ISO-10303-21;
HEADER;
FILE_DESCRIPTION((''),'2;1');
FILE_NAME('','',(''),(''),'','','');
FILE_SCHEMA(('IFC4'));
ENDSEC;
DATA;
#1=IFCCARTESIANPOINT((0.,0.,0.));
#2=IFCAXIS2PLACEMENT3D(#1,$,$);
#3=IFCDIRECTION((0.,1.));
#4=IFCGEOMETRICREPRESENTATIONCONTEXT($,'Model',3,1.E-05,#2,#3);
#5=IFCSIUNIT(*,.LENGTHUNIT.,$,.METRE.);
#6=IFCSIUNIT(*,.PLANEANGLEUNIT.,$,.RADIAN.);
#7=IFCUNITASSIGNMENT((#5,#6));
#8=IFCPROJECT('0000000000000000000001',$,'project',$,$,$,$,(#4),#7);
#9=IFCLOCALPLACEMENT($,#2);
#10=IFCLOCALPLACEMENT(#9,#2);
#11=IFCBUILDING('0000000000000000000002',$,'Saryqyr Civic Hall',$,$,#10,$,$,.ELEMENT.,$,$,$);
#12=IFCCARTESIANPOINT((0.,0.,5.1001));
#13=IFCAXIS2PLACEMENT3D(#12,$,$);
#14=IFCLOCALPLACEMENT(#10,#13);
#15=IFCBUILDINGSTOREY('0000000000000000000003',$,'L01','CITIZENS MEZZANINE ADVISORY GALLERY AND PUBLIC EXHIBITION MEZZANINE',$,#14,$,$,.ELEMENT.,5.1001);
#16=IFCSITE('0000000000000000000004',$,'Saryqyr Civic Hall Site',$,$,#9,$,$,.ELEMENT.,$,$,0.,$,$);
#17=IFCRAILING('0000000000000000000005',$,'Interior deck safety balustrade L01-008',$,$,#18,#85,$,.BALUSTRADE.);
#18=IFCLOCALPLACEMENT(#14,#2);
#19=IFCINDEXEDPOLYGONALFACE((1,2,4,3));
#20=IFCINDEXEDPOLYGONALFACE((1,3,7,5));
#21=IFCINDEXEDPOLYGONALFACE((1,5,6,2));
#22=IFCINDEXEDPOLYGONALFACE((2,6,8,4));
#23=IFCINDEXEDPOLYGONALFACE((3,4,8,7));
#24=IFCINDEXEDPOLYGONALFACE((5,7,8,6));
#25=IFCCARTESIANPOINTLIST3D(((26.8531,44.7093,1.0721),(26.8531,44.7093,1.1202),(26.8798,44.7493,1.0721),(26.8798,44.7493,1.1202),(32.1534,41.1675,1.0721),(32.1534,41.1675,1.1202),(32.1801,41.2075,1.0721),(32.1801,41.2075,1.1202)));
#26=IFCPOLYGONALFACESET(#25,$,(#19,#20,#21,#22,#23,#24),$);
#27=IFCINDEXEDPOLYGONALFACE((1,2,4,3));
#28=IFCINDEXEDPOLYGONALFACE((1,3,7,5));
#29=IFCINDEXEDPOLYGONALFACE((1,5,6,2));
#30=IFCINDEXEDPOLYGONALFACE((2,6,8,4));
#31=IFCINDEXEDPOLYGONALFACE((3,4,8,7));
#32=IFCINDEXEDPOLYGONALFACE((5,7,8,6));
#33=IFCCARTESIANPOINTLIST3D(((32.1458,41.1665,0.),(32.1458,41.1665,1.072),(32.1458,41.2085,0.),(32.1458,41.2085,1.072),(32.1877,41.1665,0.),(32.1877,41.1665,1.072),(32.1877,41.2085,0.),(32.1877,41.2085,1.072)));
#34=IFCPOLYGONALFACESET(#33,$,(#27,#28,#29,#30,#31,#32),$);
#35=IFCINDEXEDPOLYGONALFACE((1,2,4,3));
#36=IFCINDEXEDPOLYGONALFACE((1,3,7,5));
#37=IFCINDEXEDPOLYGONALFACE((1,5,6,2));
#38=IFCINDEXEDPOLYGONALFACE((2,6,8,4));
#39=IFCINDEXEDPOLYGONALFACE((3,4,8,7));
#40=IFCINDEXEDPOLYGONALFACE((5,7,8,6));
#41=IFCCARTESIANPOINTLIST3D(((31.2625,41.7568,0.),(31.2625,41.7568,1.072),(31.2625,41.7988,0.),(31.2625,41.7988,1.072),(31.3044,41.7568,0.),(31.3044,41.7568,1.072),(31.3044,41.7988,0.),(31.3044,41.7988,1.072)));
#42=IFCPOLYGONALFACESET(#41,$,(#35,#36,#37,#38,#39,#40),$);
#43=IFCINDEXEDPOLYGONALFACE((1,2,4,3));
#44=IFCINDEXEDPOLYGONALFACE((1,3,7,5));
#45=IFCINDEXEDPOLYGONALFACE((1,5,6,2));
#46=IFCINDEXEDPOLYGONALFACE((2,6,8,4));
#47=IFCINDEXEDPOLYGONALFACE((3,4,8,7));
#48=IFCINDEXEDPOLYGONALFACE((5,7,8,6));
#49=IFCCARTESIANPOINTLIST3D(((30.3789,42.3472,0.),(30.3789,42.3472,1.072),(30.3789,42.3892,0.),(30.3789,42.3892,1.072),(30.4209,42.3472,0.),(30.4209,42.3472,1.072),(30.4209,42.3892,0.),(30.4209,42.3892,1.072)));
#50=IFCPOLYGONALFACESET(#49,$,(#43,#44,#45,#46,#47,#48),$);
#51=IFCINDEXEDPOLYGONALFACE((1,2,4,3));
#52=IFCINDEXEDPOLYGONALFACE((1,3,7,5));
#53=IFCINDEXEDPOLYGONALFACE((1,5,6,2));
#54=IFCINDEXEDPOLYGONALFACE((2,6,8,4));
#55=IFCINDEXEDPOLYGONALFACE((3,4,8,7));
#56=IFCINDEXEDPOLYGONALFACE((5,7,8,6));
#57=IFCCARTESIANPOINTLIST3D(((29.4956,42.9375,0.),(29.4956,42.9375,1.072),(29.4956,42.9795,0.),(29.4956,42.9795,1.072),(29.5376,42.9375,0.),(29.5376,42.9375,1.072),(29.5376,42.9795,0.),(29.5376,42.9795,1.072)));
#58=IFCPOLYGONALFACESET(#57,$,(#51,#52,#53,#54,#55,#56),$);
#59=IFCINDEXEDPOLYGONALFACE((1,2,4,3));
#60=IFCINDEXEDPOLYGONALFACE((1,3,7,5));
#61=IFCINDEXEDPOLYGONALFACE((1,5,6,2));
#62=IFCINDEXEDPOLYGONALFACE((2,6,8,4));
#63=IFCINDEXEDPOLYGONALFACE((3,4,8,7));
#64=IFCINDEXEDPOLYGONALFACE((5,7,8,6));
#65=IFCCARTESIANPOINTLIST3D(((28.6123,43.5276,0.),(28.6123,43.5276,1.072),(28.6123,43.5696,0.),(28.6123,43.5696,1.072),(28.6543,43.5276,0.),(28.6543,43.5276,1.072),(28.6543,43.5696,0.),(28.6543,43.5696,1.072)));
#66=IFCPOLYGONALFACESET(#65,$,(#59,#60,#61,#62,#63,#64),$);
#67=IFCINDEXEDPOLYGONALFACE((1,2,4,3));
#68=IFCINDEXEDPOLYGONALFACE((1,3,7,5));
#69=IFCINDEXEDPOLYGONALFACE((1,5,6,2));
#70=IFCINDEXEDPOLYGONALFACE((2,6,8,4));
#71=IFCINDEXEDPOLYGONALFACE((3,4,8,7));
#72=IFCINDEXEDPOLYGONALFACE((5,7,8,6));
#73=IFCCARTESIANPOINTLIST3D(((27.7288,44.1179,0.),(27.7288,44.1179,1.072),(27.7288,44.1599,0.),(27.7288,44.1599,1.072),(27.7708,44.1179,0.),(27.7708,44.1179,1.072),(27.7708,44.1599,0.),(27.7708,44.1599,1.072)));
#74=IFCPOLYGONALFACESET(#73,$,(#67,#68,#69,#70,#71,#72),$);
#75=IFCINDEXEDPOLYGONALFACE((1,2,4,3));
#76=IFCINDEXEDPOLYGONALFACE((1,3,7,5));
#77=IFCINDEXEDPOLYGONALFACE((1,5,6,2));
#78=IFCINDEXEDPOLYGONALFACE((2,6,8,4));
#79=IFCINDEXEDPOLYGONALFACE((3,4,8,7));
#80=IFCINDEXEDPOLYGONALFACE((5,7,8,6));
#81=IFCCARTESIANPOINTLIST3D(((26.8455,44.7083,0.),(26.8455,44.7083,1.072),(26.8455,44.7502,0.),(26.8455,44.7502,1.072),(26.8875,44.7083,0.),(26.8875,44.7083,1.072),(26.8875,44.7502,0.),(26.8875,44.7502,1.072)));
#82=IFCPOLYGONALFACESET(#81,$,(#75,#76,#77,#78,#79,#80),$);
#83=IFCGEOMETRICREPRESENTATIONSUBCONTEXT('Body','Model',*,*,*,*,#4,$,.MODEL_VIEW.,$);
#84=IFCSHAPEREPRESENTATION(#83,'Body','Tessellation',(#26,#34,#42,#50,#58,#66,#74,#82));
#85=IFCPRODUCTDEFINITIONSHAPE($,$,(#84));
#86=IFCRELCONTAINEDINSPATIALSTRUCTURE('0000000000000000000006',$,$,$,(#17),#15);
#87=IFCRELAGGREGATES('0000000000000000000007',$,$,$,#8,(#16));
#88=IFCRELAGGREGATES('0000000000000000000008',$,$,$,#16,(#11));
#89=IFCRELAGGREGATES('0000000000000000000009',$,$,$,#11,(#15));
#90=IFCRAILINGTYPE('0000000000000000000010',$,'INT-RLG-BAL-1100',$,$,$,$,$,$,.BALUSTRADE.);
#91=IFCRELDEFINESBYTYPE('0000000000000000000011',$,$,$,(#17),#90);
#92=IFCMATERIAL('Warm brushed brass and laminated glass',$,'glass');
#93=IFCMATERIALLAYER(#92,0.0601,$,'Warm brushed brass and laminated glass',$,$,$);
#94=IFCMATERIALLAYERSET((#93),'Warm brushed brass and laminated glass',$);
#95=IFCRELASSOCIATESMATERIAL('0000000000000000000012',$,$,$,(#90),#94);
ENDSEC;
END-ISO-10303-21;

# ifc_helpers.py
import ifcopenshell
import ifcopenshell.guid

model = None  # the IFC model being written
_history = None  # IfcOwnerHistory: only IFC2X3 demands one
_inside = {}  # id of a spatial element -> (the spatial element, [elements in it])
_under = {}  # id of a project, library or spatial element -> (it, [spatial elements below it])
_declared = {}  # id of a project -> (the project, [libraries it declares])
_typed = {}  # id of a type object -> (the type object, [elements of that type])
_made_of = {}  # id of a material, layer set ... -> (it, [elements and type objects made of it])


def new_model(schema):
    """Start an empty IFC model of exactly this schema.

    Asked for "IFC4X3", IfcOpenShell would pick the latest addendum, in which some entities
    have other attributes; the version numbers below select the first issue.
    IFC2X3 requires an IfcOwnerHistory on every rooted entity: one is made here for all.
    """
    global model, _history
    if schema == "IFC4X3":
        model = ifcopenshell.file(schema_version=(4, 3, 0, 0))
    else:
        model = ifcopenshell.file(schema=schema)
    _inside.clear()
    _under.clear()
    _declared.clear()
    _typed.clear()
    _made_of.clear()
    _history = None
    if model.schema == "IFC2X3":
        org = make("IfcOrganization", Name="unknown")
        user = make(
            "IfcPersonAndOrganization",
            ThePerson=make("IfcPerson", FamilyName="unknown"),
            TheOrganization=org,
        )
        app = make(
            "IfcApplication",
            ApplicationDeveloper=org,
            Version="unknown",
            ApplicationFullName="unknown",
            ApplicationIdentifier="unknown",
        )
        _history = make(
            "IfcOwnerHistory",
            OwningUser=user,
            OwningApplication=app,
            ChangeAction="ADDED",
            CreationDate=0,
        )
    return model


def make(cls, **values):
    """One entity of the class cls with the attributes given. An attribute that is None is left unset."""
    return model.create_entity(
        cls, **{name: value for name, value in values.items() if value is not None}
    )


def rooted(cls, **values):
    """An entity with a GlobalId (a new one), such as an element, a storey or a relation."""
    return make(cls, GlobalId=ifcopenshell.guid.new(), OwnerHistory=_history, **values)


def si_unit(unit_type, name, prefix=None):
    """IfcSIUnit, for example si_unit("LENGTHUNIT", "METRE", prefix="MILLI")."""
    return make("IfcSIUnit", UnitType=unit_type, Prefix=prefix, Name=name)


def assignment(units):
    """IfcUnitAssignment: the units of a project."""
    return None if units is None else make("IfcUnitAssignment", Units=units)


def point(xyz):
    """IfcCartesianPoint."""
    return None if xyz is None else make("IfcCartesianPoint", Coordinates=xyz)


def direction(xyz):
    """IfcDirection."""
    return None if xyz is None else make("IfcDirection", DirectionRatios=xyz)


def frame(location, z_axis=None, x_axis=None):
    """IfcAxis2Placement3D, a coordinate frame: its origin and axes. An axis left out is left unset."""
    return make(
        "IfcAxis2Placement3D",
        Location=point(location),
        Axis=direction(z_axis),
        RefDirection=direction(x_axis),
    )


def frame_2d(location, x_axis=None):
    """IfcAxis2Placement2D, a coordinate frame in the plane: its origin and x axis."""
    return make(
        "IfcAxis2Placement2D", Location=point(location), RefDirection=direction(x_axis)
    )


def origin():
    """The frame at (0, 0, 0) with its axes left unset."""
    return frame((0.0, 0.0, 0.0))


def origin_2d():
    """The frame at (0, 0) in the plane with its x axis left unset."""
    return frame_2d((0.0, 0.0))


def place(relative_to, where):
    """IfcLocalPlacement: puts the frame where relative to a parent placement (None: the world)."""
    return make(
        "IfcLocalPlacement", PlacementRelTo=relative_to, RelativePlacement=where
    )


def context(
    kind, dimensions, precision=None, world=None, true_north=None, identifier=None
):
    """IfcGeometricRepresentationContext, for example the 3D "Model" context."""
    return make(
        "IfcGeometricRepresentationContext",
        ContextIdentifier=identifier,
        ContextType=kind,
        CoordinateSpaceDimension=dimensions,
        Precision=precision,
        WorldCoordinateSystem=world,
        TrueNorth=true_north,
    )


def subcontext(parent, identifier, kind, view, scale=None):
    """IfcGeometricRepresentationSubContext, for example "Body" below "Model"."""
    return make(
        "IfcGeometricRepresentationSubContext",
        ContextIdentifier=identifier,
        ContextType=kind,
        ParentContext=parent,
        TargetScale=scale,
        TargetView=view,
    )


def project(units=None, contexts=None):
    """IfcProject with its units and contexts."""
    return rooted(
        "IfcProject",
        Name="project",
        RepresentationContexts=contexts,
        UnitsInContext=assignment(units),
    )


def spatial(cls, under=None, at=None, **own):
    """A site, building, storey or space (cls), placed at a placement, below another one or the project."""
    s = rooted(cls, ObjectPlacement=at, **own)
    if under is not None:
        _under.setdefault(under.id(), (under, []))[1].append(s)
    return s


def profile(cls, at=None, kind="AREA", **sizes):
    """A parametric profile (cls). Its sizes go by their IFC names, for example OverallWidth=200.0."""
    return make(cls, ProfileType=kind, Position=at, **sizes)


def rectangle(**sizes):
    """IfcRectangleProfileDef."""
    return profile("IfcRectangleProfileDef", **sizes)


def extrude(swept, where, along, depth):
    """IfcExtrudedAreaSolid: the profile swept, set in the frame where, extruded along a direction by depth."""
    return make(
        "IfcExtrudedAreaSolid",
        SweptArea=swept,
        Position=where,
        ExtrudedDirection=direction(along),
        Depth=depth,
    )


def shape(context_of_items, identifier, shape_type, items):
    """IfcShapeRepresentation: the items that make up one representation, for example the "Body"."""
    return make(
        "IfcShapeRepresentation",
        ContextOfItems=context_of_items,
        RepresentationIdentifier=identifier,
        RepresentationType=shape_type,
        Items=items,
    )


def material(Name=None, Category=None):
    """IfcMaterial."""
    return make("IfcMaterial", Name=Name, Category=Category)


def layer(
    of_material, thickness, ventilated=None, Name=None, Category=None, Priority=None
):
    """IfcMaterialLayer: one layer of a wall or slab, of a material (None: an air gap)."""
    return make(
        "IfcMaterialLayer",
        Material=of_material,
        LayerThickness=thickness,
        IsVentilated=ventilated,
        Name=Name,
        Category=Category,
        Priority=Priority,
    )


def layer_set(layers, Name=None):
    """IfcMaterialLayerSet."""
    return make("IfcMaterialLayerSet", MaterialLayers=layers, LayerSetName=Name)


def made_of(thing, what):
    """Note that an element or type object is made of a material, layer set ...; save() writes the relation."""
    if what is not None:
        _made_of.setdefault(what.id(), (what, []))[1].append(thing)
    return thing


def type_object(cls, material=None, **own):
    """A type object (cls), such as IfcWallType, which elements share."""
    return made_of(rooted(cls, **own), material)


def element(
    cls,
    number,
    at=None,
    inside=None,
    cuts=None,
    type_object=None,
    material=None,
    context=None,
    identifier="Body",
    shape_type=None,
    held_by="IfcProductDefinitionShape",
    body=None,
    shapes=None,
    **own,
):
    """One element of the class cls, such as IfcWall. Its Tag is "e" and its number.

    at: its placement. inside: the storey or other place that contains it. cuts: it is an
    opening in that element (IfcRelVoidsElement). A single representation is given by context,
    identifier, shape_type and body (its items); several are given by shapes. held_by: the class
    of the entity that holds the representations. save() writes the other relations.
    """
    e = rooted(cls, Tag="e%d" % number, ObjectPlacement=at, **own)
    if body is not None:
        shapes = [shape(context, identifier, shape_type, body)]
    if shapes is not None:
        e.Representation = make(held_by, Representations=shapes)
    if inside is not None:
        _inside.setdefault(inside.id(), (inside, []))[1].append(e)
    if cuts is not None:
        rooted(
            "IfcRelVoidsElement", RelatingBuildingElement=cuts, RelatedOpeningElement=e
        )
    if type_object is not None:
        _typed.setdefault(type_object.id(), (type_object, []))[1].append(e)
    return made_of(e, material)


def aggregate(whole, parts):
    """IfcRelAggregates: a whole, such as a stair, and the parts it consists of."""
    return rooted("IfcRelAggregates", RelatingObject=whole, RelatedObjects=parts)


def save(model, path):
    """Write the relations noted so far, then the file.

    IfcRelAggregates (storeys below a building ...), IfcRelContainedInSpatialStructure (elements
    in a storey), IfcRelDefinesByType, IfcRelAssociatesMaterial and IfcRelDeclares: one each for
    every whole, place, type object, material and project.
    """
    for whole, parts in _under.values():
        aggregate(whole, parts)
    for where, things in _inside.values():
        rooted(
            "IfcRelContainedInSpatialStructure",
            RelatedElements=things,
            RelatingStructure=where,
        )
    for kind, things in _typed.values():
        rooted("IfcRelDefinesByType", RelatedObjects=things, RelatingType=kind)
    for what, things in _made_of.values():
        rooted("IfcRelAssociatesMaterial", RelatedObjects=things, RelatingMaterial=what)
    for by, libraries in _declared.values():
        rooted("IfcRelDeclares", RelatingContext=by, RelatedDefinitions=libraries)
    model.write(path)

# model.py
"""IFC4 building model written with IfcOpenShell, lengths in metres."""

from ifc_helpers import new_model, si_unit, direction, frame, origin, origin_2d, place, context, subcontext, project, spatial, rectangle, extrude, material, layer, layer_set, type_object, element, save


model = new_model("IFC4")

# Units and contexts
model_context = context("Model", 3, precision=1e-05, world=origin(), true_north=direction((0.0, 1.0)))
body_context = subcontext(model_context, "Body", "Model", "MODEL_VIEW")
ifc_project = project(units=[si_unit("LENGTHUNIT", "METRE"), si_unit("PLANEANGLEUNIT", "RADIAN")], contexts=[model_context])

# Site, building, storey
site_placement = place(None, origin())
site = spatial("IfcSite", under=ifc_project, at=site_placement, Name="Saryqyr Civic Hall Site", CompositionType="ELEMENT", RefElevation=0.0)
building_placement = place(site_placement, origin())
building = spatial("IfcBuilding", under=site, at=building_placement, Name="Saryqyr Civic Hall", CompositionType="ELEMENT")
storey_placement = place(building_placement, frame((0.0, 0.0, 5.1001)))
storey = spatial("IfcBuildingStorey", under=building, at=storey_placement, Name="L01", Description="CITIZENS MEZZANINE ADVISORY GALLERY AND PUBLIC EXHIBITION MEZZANINE", CompositionType="ELEMENT", Elevation=5.1001)

# Railing
ifc_material_1 = material(Name="Warm brushed brass and laminated glass", Category="glass")
ifc_layer_1 = layer(ifc_material_1, 0.0601, Name="Warm brushed brass and laminated glass")
ifc_layer_set_1 = layer_set([ifc_layer_1], Name="Warm brushed brass and laminated glass")
railing_type = type_object("IfcRailingType", Name="INT-RLG-BAL-1100", PredefinedType="BALUSTRADE", material=ifc_layer_set_1)
railing_1_placement = place(storey_placement, frame((32.1667, 41.1875, 0.0)))
element("IfcRailing", 1, at=railing_1_placement, inside=storey, type_object=railing_type, Name="Interior deck safety balustrade L01-008", PredefinedType="BALUSTRADE", context=body_context, shape_type="SweptSolid", body=[
    extrude(rectangle(XDim=0.0481, YDim=0.0481, at=origin_2d()), frame((0.0, 0.0, 1.0962), z_axis=(-0.831455, 0.555593, 0.0), x_axis=(-0.555593, -0.831455, 0.0)), (0.0, 0.0, 1.0), 6.3748),
    extrude(rectangle(XDim=0.042, YDim=0.042, at=origin_2d()), origin(), (0.0, 0.0, 1.0), 1.072),
    extrude(rectangle(XDim=0.042, YDim=0.042, at=origin_2d()), frame((-0.8833, 0.5903, 0.0)), (0.0, 0.0, 1.0), 1.072),
    extrude(rectangle(XDim=0.042, YDim=0.042, at=origin_2d()), frame((-1.7668, 1.1807, 0.0)), (0.0, 0.0, 1.0), 1.072),
    extrude(rectangle(XDim=0.042, YDim=0.042, at=origin_2d()), frame((-2.6501, 1.771, 0.0)), (0.0, 0.0, 1.0), 1.072),
    extrude(rectangle(XDim=0.042, YDim=0.042, at=origin_2d()), frame((-3.5334, 2.3611, 0.0)), (0.0, 0.0, 1.0), 1.072),
    extrude(rectangle(XDim=0.042, YDim=0.042, at=origin_2d()), frame((-4.417, 2.9514, 0.0)), (0.0, 0.0, 1.0), 1.072),
    extrude(rectangle(XDim=0.042, YDim=0.042, at=origin_2d()), frame((-5.3003, 3.5417, 0.0)), (0.0, 0.0, 1.0), 1.072),
])

save(model, "model.ifc")
